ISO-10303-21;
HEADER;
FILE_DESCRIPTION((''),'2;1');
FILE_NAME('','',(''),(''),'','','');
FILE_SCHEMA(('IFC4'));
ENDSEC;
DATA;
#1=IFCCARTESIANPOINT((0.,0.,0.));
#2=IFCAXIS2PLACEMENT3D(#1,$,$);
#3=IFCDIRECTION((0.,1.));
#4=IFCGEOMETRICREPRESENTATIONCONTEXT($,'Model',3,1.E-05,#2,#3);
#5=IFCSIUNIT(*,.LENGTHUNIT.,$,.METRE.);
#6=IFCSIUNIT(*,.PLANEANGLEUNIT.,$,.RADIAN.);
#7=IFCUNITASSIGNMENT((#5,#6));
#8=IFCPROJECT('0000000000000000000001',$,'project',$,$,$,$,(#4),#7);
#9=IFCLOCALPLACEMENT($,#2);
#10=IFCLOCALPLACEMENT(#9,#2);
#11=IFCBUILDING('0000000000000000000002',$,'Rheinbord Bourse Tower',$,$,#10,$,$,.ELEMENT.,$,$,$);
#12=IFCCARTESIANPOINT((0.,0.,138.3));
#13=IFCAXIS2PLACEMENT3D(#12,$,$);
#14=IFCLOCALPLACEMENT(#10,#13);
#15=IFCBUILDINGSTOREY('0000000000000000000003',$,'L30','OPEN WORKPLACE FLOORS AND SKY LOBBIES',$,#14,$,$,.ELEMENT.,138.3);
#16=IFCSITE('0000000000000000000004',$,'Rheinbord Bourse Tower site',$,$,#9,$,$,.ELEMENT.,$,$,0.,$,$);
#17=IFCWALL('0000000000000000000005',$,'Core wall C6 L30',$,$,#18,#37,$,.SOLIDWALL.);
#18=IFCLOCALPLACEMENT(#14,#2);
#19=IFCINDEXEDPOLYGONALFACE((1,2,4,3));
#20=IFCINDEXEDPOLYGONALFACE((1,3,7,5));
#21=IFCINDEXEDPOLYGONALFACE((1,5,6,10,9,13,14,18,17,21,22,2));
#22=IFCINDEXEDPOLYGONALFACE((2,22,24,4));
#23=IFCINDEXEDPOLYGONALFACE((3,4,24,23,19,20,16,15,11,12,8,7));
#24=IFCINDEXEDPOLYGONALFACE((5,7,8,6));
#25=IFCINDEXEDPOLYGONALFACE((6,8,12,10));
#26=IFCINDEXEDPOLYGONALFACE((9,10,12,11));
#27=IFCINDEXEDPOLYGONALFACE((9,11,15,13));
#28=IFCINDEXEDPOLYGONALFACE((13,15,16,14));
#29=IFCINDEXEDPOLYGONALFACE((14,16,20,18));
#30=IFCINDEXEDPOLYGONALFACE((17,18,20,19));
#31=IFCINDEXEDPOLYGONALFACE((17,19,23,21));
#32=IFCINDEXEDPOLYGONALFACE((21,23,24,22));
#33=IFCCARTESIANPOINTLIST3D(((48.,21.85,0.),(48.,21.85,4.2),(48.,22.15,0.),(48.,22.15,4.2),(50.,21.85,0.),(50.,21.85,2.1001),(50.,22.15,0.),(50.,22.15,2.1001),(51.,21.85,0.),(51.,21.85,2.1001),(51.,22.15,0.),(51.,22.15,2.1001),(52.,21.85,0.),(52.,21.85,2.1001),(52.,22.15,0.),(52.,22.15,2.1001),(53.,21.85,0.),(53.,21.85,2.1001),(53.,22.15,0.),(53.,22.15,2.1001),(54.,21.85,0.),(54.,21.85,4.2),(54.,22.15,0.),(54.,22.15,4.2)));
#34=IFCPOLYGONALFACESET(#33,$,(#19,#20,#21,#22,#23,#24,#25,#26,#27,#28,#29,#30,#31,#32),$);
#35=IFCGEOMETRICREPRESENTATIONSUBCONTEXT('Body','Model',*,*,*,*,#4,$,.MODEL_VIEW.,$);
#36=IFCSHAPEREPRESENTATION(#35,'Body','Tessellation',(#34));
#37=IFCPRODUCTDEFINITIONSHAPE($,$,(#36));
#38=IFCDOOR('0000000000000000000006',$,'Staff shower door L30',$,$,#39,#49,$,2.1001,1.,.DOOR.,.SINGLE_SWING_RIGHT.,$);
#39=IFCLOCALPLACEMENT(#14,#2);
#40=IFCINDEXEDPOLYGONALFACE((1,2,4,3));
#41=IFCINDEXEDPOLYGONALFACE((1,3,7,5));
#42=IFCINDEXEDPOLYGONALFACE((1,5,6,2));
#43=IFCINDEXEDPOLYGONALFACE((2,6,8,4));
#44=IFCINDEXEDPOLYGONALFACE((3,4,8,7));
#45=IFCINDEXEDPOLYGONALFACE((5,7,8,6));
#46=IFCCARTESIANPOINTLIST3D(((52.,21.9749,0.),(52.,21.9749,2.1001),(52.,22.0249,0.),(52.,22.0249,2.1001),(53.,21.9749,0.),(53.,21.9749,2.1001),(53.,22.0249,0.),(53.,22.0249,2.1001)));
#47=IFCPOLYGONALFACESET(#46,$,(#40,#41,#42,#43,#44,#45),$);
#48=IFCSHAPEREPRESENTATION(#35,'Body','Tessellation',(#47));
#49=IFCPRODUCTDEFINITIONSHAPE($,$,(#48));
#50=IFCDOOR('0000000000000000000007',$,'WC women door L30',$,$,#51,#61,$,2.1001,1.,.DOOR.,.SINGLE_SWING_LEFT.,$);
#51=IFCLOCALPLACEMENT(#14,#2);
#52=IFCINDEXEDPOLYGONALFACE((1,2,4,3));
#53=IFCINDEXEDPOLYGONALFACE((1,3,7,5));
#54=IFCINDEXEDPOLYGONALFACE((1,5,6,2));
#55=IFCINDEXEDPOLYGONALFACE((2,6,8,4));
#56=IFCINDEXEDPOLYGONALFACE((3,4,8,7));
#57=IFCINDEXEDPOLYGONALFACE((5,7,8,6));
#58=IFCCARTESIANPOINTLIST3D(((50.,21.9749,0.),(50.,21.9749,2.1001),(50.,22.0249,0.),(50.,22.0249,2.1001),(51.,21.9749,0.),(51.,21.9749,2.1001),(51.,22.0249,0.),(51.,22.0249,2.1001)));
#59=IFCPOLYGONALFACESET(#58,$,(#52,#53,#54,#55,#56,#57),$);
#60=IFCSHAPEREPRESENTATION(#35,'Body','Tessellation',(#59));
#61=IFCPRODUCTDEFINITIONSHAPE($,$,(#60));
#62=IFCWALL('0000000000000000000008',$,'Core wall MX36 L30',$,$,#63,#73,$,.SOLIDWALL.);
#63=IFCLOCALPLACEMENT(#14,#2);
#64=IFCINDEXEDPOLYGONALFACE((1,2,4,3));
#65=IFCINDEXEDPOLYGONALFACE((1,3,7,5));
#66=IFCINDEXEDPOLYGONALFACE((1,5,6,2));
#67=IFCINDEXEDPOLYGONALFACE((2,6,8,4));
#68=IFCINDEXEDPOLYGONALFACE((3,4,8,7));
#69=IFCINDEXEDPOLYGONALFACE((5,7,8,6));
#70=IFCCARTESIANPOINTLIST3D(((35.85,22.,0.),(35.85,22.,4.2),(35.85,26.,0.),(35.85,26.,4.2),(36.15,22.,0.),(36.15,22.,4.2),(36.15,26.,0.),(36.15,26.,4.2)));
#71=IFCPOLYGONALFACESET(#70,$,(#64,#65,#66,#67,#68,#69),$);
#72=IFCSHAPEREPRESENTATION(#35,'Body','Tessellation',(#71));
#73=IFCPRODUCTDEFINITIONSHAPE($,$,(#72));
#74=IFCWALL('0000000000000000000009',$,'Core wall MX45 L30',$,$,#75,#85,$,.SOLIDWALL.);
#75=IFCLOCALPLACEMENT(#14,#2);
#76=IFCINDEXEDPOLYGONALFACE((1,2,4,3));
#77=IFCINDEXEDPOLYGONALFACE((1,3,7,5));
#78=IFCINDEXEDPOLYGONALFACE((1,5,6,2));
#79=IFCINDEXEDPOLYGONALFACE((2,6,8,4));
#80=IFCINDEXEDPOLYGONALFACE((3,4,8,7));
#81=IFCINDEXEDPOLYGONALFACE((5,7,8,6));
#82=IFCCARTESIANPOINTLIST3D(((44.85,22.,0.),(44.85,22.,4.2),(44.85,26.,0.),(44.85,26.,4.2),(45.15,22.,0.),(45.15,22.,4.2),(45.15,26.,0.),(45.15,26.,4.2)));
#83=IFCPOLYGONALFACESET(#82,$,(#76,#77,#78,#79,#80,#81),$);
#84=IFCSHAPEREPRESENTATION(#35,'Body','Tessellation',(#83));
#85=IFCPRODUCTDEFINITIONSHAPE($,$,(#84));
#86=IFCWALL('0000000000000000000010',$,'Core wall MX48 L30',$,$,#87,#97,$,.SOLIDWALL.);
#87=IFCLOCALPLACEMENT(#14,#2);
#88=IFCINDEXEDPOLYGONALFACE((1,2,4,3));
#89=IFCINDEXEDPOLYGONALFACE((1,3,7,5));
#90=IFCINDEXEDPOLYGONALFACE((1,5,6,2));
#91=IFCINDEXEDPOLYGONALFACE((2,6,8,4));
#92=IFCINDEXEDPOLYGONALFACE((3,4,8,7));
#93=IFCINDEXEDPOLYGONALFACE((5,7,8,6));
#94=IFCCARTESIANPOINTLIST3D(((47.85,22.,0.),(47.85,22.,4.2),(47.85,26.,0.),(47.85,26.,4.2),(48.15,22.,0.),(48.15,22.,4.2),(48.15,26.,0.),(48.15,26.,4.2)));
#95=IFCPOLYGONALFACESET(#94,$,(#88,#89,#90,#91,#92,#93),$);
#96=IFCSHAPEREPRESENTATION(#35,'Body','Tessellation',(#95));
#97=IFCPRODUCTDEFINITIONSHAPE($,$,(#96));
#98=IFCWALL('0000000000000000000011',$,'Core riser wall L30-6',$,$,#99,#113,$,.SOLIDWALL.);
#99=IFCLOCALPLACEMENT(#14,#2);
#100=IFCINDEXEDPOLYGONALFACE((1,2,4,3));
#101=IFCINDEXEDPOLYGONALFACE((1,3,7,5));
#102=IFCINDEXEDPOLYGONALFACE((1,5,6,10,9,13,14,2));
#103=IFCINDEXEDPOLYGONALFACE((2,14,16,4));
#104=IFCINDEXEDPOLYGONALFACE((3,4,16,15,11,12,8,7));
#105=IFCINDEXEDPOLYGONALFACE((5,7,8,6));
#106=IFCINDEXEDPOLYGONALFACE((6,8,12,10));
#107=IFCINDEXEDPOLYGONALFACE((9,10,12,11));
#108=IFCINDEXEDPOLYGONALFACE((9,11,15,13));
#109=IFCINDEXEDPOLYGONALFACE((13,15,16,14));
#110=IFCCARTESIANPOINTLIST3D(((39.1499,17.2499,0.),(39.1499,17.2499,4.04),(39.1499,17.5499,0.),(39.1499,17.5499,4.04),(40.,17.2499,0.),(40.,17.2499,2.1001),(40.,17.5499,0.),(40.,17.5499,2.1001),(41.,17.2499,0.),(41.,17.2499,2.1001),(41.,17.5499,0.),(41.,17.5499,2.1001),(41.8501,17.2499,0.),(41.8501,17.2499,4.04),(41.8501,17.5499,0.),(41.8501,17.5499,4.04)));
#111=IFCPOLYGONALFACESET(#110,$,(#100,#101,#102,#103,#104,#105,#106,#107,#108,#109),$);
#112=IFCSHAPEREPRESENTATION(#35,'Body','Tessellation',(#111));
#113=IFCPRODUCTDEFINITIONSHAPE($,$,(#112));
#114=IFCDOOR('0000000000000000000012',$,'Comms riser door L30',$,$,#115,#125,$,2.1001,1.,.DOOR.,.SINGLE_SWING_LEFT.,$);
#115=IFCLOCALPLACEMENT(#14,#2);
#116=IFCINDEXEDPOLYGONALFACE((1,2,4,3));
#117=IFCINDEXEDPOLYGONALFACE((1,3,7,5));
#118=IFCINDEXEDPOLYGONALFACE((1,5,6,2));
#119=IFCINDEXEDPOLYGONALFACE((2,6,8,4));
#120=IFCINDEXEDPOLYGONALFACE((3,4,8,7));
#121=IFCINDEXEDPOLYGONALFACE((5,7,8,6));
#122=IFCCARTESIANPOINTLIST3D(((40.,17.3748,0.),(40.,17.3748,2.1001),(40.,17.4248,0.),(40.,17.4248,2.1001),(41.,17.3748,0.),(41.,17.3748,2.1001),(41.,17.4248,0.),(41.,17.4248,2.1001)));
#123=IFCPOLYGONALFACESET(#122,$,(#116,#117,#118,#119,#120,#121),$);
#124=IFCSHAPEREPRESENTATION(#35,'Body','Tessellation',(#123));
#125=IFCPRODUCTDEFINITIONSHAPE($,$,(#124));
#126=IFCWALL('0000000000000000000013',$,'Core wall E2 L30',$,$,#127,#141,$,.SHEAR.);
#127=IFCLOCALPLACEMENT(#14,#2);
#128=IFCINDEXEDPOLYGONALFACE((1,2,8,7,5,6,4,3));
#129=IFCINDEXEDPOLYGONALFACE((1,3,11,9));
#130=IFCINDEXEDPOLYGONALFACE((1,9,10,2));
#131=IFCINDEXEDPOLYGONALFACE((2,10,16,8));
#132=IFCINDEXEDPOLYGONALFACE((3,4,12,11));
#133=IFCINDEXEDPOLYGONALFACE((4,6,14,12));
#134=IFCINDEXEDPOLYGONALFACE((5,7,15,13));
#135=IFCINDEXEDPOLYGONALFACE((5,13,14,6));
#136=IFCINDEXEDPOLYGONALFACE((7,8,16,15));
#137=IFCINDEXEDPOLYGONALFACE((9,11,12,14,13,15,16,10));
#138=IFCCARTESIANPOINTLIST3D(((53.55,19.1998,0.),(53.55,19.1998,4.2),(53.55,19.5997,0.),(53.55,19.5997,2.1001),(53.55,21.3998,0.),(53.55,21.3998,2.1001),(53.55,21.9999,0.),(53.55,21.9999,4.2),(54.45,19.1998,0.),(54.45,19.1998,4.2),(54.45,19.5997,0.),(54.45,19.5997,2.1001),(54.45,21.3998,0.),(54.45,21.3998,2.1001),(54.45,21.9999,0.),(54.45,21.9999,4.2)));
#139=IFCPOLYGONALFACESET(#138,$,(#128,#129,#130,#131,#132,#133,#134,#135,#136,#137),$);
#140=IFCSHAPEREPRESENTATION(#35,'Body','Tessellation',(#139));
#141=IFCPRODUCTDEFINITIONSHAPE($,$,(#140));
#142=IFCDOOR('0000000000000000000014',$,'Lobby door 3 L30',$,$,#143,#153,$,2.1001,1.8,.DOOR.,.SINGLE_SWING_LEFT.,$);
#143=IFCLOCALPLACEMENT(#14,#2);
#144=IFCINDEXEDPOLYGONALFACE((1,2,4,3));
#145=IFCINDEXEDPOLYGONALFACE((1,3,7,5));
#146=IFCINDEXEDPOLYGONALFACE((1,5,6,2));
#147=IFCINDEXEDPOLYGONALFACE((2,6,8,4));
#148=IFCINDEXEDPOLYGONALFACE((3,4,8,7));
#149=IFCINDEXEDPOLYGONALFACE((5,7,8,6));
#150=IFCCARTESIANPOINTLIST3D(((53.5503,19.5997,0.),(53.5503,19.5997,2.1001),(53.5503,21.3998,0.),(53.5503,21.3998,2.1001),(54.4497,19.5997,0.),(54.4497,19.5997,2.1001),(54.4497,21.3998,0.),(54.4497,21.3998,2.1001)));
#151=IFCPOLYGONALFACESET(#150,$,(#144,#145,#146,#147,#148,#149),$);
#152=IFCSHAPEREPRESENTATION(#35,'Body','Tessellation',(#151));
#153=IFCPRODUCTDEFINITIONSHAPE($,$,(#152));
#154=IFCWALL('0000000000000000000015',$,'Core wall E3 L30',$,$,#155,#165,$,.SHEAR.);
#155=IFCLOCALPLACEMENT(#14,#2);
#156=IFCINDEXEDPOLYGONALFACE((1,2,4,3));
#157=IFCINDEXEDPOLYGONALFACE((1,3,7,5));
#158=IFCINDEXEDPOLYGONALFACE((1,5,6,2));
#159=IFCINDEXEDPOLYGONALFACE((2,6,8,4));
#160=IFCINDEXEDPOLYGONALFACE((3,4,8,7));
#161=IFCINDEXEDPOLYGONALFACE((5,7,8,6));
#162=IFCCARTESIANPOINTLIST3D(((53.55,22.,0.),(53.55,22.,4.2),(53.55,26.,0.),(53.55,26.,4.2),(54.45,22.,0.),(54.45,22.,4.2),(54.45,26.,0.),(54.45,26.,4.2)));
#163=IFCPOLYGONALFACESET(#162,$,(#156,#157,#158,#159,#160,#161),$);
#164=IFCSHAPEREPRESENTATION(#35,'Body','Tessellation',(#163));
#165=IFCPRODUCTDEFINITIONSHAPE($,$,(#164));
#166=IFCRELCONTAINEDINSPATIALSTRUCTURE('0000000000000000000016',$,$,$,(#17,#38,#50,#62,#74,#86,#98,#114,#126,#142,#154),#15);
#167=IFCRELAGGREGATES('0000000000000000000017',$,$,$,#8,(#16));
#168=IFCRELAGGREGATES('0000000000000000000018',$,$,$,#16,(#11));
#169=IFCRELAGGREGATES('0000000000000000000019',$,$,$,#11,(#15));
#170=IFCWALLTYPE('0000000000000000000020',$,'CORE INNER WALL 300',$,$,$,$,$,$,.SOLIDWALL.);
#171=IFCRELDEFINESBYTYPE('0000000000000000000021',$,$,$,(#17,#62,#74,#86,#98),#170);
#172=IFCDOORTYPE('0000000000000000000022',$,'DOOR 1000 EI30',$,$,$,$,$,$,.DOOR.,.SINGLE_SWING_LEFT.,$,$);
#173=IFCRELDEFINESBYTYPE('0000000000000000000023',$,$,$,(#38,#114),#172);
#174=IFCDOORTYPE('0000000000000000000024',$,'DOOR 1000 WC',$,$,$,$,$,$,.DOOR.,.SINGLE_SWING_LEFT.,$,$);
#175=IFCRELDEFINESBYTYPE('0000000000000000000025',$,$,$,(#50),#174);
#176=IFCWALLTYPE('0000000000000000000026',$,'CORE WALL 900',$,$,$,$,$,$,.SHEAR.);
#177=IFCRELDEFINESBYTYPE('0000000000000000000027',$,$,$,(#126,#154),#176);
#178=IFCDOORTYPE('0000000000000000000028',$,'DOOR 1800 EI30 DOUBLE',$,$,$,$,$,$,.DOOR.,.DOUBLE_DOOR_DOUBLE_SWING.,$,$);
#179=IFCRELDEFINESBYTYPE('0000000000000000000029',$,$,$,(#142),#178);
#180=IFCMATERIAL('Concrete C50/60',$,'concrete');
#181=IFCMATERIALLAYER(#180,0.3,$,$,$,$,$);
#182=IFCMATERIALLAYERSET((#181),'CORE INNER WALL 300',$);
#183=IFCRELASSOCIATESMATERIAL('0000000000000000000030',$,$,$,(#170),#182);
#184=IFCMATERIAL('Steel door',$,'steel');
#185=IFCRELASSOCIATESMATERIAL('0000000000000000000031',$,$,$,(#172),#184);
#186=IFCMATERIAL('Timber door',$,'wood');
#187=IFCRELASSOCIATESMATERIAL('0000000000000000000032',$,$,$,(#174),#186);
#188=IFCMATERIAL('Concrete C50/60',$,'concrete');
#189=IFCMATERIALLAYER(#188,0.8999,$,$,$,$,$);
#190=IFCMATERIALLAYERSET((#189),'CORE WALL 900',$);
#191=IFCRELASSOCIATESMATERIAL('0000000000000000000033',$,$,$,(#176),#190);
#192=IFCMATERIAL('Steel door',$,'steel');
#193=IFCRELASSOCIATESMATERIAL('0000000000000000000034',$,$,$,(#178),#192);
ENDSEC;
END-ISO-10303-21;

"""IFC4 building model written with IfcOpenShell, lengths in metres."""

from ifc_helpers import new_model, si_unit, direction, frame, frame_2d, origin, place, context, subcontext, project, spatial, rectangle, extrude, material, layer, layer_set, type_object, element, fill, save


model = new_model("IFC4")

# Units and contexts
model_context = context("Model", 3, precision=1e-05, world=origin(), true_north=direction((0.0, 1.0)))
body_context = subcontext(model_context, "Body", "Model", "MODEL_VIEW")
ifc_project = project(units=[si_unit("LENGTHUNIT", "METRE"), si_unit("PLANEANGLEUNIT", "RADIAN")], contexts=[model_context])

# Site, building, storey
site_placement = place(None, origin())
site = spatial("IfcSite", under=ifc_project, at=site_placement, Name="Rheinbord Bourse Tower site", CompositionType="ELEMENT", RefElevation=0.0)
building_placement = place(site_placement, origin())
building = spatial("IfcBuilding", under=site, at=building_placement, Name="Rheinbord Bourse Tower", CompositionType="ELEMENT")
storey_placement = place(building_placement, frame((0.0, 0.0, 138.3)))
storey = spatial("IfcBuildingStorey", under=building, at=storey_placement, Name="L30", Description="OPEN WORKPLACE FLOORS AND SKY LOBBIES", CompositionType="ELEMENT", Elevation=138.3)

# Shared definitions
ifc_material_1 = material(Name="Concrete C50/60", Category="concrete")
ifc_layer_1 = layer(ifc_material_1, 0.3)
ifc_layer_set_1 = layer_set([ifc_layer_1], Name="CORE INNER WALL 300")
wall_type_1 = type_object("IfcWallType", Name="CORE INNER WALL 300", PredefinedType="SOLIDWALL", material=ifc_layer_set_1)
ifc_material_2 = material(Name="Steel door", Category="steel")
door_type_1 = type_object("IfcDoorType", Name="DOOR 1000 EI30", OperationType="SINGLE_SWING_LEFT", PredefinedType="DOOR", material=ifc_material_2)

# Shared definitions
ifc_material_3 = material(Name="Timber door", Category="wood")
door_type_2 = type_object("IfcDoorType", Name="DOOR 1000 WC", OperationType="SINGLE_SWING_LEFT", PredefinedType="DOOR", material=ifc_material_3)

# Wall, openings, doors
wall_1_placement = place(storey_placement, frame((48.0, 22.0, 0.0), z_axis=(0.0, 0.0, 1.0), x_axis=(1.0, 0.0, 0.0)))
wall_1 = element("IfcWall", 1, at=wall_1_placement, inside=storey, type_object=wall_type_1, Name="Core wall C6 L30", PredefinedType="SOLIDWALL", context=body_context, shape_type="SweptSolid", body=[
    extrude(rectangle(XDim=6.0, YDim=0.3, at=frame_2d((3.0, 0.0))), origin(), (0.0, 0.0, 1.0), 4.2),
])
opening_1_placement = place(wall_1_placement, frame((2.0, 0.0, 0.0)))
opening_1 = element("IfcOpeningElement", 2, at=opening_1_placement, cuts=wall_1, PredefinedType="OPENING", context=body_context, shape_type="SweptSolid", body=[
    extrude(rectangle(XDim=1.0, YDim=2.1001, at=frame_2d((0.5, 1.05))), frame((0.0, 0.1599, 0.0), z_axis=(0.0, -1.0, 0.0), x_axis=(1.0, 0.0, 0.0)), (0.0, 0.0, 1.0), 0.3201),
])
opening_2_placement = place(wall_1_placement, frame((4.0, 0.0, 0.0)))
opening_2 = element("IfcOpeningElement", 3, at=opening_2_placement, cuts=wall_1, PredefinedType="OPENING", context=body_context, shape_type="SweptSolid", body=[
    extrude(rectangle(XDim=1.0, YDim=2.1001, at=frame_2d((0.5, 1.05))), frame((0.0, 0.1599, 0.0), z_axis=(0.0, -1.0, 0.0), x_axis=(1.0, 0.0, 0.0)), (0.0, 0.0, 1.0), 0.3201),
])
door_1_placement = place(opening_2_placement, origin())
door_1 = element("IfcDoor", 4, at=door_1_placement, inside=storey, type_object=door_type_1, Name="Staff shower door L30", OperationType="SINGLE_SWING_RIGHT", OverallHeight=2.1001, OverallWidth=1.0, PredefinedType="DOOR", context=body_context, shape_type="SweptSolid", body=[
    extrude(rectangle(XDim=1.0, YDim=2.1001, at=frame_2d((0.5, 1.05))), frame((0.0, 0.0249, 0.0), z_axis=(0.0, -1.0, 0.0), x_axis=(1.0, 0.0, 0.0)), (0.0, 0.0, 1.0), 0.05),
])
fill(opening_2, door_1)
door_2_placement = place(opening_1_placement, origin())
door_2 = element("IfcDoor", 5, at=door_2_placement, inside=storey, type_object=door_type_2, Name="WC women door L30", OperationType="SINGLE_SWING_LEFT", OverallHeight=2.1001, OverallWidth=1.0, PredefinedType="DOOR", context=body_context, shape_type="SweptSolid", body=[
    extrude(rectangle(XDim=1.0, YDim=2.1001, at=frame_2d((0.5, 1.05))), frame((0.0, 0.0249, 0.0), z_axis=(0.0, -1.0, 0.0), x_axis=(1.0, 0.0, 0.0)), (0.0, 0.0, 1.0), 0.05),
])
fill(opening_1, door_2)

# Walls
for number, where, z_axis, x_axis, name in (
    (6, (36.0, 22.0, 0.0), (0.0, 0.0, 1.0), (0.0, 1.0, 0.0), "Core wall MX36 L30"),
    (7, (45.0, 22.0, 0.0), (0.0, 0.0, 1.0), (0.0, 1.0, 0.0), "Core wall MX45 L30"),
    (8, (48.0, 22.0, 0.0), (0.0, 0.0, 1.0), (0.0, 1.0, 0.0), "Core wall MX48 L30"),
):
    element("IfcWall", number, at=place(storey_placement, frame(where, z_axis=z_axis, x_axis=x_axis)), inside=storey, type_object=wall_type_1, Name=name, PredefinedType="SOLIDWALL", context=body_context, shape_type="SweptSolid", body=[
        extrude(rectangle(XDim=4.0, YDim=0.3, at=frame_2d((2.0, 0.0))), origin(), (0.0, 0.0, 1.0), 4.2),
    ])

# Walls, openings, doors
wall_2_placement = place(storey_placement, frame((39.1499, 17.3999, 0.0), z_axis=(0.0, 0.0, 1.0), x_axis=(1.0, 0.0, 0.0)))
wall_2 = element("IfcWall", 9, at=wall_2_placement, inside=storey, type_object=wall_type_1, Name="Core riser wall L30-6", PredefinedType="SOLIDWALL", context=body_context, shape_type="SweptSolid", body=[
    extrude(rectangle(XDim=2.7002, YDim=0.3, at=frame_2d((1.3501, 0.0))), origin(), (0.0, 0.0, 1.0), 4.04),
])
opening_3_placement = place(wall_2_placement, frame((0.8501, 0.0, 0.0)))
opening_3 = element("IfcOpeningElement", 10, at=opening_3_placement, cuts=wall_2, PredefinedType="OPENING", context=body_context, shape_type="SweptSolid", body=[
    extrude(rectangle(XDim=1.0, YDim=2.1001, at=frame_2d((0.5, 1.05))), frame((0.0, 0.1599, 0.0), z_axis=(0.0, -1.0, 0.0), x_axis=(1.0, 0.0, 0.0)), (0.0, 0.0, 1.0), 0.3201),
])
door_3_placement = place(opening_3_placement, origin())
door_3 = element("IfcDoor", 11, at=door_3_placement, inside=storey, type_object=door_type_1, Name="Comms riser door L30", OperationType="SINGLE_SWING_LEFT", OverallHeight=2.1001, OverallWidth=1.0, PredefinedType="DOOR", context=body_context, shape_type="SweptSolid", body=[
    extrude(rectangle(XDim=1.0, YDim=2.1001, at=frame_2d((0.5, 1.05))), frame((0.0, 0.0249, 0.0), z_axis=(0.0, -1.0, 0.0), x_axis=(1.0, 0.0, 0.0)), (0.0, 0.0, 1.0), 0.05),
])
fill(opening_3, door_3)
ifc_material_4 = material(Name="Concrete C50/60", Category="concrete")
ifc_layer_2 = layer(ifc_material_4, 0.8999)
ifc_layer_set_2 = layer_set([ifc_layer_2], Name="CORE WALL 900")
wall_type_2 = type_object("IfcWallType", Name="CORE WALL 900", PredefinedType="SHEAR", material=ifc_layer_set_2)
wall_3_placement = place(storey_placement, frame((54.0, 19.2, 0.0), z_axis=(0.0, 0.0, 1.0), x_axis=(0.0, 1.0, 0.0)))
wall_3 = element("IfcWall", 12, at=wall_3_placement, inside=storey, type_object=wall_type_2, Name="Core wall E2 L30", PredefinedType="SHEAR", context=body_context, shape_type="SweptSolid", body=[
    extrude(rectangle(XDim=2.8, YDim=0.8999, at=frame_2d((1.3999, 0.0))), origin(), (0.0, 0.0, 1.0), 4.2),
])
opening_4_placement = place(wall_3_placement, frame((0.3999, 0.0, 0.0)))
opening_4 = element("IfcOpeningElement", 13, at=opening_4_placement, cuts=wall_3, PredefinedType="OPENING", context=body_context, shape_type="SweptSolid", body=[
    extrude(rectangle(XDim=1.8, YDim=2.1001, at=frame_2d((0.8999, 1.05))), frame((0.0, 0.46, 0.0), z_axis=(0.0, -1.0, 0.0), x_axis=(1.0, 0.0, 0.0)), (0.0, 0.0, 1.0), 0.9199),
])
ifc_material_5 = material(Name="Steel door", Category="steel")
door_type_3 = type_object("IfcDoorType", Name="DOOR 1800 EI30 DOUBLE", OperationType="DOUBLE_DOOR_DOUBLE_SWING", PredefinedType="DOOR", material=ifc_material_5)
door_4_placement = place(opening_4_placement, origin())
door_4 = element("IfcDoor", 14, at=door_4_placement, inside=storey, type_object=door_type_3, Name="Lobby door 3 L30", OperationType="SINGLE_SWING_LEFT", OverallHeight=2.1001, OverallWidth=1.8, PredefinedType="DOOR", context=body_context, shape_type="SweptSolid", body=[
    extrude(rectangle(XDim=1.8, YDim=2.1001, at=frame_2d((0.8999, 1.05))), frame((0.0, 0.4497, 0.0), z_axis=(0.0, -1.0, 0.0), x_axis=(1.0, 0.0, 0.0)), (0.0, 0.0, 1.0), 0.8994),
])
fill(opening_4, door_4)

# Wall
wall_4_placement = place(storey_placement, frame((54.0, 22.0, 0.0), z_axis=(0.0, 0.0, 1.0), x_axis=(0.0, 1.0, 0.0)))
element("IfcWall", 15, at=wall_4_placement, inside=storey, type_object=wall_type_2, Name="Core wall E3 L30", PredefinedType="SHEAR", context=body_context, shape_type="SweptSolid", body=[
    extrude(rectangle(XDim=4.0, YDim=0.8999, at=frame_2d((2.0, 0.0))), origin(), (0.0, 0.0, 1.0), 4.2),
])

save(model, "model.ifc")
